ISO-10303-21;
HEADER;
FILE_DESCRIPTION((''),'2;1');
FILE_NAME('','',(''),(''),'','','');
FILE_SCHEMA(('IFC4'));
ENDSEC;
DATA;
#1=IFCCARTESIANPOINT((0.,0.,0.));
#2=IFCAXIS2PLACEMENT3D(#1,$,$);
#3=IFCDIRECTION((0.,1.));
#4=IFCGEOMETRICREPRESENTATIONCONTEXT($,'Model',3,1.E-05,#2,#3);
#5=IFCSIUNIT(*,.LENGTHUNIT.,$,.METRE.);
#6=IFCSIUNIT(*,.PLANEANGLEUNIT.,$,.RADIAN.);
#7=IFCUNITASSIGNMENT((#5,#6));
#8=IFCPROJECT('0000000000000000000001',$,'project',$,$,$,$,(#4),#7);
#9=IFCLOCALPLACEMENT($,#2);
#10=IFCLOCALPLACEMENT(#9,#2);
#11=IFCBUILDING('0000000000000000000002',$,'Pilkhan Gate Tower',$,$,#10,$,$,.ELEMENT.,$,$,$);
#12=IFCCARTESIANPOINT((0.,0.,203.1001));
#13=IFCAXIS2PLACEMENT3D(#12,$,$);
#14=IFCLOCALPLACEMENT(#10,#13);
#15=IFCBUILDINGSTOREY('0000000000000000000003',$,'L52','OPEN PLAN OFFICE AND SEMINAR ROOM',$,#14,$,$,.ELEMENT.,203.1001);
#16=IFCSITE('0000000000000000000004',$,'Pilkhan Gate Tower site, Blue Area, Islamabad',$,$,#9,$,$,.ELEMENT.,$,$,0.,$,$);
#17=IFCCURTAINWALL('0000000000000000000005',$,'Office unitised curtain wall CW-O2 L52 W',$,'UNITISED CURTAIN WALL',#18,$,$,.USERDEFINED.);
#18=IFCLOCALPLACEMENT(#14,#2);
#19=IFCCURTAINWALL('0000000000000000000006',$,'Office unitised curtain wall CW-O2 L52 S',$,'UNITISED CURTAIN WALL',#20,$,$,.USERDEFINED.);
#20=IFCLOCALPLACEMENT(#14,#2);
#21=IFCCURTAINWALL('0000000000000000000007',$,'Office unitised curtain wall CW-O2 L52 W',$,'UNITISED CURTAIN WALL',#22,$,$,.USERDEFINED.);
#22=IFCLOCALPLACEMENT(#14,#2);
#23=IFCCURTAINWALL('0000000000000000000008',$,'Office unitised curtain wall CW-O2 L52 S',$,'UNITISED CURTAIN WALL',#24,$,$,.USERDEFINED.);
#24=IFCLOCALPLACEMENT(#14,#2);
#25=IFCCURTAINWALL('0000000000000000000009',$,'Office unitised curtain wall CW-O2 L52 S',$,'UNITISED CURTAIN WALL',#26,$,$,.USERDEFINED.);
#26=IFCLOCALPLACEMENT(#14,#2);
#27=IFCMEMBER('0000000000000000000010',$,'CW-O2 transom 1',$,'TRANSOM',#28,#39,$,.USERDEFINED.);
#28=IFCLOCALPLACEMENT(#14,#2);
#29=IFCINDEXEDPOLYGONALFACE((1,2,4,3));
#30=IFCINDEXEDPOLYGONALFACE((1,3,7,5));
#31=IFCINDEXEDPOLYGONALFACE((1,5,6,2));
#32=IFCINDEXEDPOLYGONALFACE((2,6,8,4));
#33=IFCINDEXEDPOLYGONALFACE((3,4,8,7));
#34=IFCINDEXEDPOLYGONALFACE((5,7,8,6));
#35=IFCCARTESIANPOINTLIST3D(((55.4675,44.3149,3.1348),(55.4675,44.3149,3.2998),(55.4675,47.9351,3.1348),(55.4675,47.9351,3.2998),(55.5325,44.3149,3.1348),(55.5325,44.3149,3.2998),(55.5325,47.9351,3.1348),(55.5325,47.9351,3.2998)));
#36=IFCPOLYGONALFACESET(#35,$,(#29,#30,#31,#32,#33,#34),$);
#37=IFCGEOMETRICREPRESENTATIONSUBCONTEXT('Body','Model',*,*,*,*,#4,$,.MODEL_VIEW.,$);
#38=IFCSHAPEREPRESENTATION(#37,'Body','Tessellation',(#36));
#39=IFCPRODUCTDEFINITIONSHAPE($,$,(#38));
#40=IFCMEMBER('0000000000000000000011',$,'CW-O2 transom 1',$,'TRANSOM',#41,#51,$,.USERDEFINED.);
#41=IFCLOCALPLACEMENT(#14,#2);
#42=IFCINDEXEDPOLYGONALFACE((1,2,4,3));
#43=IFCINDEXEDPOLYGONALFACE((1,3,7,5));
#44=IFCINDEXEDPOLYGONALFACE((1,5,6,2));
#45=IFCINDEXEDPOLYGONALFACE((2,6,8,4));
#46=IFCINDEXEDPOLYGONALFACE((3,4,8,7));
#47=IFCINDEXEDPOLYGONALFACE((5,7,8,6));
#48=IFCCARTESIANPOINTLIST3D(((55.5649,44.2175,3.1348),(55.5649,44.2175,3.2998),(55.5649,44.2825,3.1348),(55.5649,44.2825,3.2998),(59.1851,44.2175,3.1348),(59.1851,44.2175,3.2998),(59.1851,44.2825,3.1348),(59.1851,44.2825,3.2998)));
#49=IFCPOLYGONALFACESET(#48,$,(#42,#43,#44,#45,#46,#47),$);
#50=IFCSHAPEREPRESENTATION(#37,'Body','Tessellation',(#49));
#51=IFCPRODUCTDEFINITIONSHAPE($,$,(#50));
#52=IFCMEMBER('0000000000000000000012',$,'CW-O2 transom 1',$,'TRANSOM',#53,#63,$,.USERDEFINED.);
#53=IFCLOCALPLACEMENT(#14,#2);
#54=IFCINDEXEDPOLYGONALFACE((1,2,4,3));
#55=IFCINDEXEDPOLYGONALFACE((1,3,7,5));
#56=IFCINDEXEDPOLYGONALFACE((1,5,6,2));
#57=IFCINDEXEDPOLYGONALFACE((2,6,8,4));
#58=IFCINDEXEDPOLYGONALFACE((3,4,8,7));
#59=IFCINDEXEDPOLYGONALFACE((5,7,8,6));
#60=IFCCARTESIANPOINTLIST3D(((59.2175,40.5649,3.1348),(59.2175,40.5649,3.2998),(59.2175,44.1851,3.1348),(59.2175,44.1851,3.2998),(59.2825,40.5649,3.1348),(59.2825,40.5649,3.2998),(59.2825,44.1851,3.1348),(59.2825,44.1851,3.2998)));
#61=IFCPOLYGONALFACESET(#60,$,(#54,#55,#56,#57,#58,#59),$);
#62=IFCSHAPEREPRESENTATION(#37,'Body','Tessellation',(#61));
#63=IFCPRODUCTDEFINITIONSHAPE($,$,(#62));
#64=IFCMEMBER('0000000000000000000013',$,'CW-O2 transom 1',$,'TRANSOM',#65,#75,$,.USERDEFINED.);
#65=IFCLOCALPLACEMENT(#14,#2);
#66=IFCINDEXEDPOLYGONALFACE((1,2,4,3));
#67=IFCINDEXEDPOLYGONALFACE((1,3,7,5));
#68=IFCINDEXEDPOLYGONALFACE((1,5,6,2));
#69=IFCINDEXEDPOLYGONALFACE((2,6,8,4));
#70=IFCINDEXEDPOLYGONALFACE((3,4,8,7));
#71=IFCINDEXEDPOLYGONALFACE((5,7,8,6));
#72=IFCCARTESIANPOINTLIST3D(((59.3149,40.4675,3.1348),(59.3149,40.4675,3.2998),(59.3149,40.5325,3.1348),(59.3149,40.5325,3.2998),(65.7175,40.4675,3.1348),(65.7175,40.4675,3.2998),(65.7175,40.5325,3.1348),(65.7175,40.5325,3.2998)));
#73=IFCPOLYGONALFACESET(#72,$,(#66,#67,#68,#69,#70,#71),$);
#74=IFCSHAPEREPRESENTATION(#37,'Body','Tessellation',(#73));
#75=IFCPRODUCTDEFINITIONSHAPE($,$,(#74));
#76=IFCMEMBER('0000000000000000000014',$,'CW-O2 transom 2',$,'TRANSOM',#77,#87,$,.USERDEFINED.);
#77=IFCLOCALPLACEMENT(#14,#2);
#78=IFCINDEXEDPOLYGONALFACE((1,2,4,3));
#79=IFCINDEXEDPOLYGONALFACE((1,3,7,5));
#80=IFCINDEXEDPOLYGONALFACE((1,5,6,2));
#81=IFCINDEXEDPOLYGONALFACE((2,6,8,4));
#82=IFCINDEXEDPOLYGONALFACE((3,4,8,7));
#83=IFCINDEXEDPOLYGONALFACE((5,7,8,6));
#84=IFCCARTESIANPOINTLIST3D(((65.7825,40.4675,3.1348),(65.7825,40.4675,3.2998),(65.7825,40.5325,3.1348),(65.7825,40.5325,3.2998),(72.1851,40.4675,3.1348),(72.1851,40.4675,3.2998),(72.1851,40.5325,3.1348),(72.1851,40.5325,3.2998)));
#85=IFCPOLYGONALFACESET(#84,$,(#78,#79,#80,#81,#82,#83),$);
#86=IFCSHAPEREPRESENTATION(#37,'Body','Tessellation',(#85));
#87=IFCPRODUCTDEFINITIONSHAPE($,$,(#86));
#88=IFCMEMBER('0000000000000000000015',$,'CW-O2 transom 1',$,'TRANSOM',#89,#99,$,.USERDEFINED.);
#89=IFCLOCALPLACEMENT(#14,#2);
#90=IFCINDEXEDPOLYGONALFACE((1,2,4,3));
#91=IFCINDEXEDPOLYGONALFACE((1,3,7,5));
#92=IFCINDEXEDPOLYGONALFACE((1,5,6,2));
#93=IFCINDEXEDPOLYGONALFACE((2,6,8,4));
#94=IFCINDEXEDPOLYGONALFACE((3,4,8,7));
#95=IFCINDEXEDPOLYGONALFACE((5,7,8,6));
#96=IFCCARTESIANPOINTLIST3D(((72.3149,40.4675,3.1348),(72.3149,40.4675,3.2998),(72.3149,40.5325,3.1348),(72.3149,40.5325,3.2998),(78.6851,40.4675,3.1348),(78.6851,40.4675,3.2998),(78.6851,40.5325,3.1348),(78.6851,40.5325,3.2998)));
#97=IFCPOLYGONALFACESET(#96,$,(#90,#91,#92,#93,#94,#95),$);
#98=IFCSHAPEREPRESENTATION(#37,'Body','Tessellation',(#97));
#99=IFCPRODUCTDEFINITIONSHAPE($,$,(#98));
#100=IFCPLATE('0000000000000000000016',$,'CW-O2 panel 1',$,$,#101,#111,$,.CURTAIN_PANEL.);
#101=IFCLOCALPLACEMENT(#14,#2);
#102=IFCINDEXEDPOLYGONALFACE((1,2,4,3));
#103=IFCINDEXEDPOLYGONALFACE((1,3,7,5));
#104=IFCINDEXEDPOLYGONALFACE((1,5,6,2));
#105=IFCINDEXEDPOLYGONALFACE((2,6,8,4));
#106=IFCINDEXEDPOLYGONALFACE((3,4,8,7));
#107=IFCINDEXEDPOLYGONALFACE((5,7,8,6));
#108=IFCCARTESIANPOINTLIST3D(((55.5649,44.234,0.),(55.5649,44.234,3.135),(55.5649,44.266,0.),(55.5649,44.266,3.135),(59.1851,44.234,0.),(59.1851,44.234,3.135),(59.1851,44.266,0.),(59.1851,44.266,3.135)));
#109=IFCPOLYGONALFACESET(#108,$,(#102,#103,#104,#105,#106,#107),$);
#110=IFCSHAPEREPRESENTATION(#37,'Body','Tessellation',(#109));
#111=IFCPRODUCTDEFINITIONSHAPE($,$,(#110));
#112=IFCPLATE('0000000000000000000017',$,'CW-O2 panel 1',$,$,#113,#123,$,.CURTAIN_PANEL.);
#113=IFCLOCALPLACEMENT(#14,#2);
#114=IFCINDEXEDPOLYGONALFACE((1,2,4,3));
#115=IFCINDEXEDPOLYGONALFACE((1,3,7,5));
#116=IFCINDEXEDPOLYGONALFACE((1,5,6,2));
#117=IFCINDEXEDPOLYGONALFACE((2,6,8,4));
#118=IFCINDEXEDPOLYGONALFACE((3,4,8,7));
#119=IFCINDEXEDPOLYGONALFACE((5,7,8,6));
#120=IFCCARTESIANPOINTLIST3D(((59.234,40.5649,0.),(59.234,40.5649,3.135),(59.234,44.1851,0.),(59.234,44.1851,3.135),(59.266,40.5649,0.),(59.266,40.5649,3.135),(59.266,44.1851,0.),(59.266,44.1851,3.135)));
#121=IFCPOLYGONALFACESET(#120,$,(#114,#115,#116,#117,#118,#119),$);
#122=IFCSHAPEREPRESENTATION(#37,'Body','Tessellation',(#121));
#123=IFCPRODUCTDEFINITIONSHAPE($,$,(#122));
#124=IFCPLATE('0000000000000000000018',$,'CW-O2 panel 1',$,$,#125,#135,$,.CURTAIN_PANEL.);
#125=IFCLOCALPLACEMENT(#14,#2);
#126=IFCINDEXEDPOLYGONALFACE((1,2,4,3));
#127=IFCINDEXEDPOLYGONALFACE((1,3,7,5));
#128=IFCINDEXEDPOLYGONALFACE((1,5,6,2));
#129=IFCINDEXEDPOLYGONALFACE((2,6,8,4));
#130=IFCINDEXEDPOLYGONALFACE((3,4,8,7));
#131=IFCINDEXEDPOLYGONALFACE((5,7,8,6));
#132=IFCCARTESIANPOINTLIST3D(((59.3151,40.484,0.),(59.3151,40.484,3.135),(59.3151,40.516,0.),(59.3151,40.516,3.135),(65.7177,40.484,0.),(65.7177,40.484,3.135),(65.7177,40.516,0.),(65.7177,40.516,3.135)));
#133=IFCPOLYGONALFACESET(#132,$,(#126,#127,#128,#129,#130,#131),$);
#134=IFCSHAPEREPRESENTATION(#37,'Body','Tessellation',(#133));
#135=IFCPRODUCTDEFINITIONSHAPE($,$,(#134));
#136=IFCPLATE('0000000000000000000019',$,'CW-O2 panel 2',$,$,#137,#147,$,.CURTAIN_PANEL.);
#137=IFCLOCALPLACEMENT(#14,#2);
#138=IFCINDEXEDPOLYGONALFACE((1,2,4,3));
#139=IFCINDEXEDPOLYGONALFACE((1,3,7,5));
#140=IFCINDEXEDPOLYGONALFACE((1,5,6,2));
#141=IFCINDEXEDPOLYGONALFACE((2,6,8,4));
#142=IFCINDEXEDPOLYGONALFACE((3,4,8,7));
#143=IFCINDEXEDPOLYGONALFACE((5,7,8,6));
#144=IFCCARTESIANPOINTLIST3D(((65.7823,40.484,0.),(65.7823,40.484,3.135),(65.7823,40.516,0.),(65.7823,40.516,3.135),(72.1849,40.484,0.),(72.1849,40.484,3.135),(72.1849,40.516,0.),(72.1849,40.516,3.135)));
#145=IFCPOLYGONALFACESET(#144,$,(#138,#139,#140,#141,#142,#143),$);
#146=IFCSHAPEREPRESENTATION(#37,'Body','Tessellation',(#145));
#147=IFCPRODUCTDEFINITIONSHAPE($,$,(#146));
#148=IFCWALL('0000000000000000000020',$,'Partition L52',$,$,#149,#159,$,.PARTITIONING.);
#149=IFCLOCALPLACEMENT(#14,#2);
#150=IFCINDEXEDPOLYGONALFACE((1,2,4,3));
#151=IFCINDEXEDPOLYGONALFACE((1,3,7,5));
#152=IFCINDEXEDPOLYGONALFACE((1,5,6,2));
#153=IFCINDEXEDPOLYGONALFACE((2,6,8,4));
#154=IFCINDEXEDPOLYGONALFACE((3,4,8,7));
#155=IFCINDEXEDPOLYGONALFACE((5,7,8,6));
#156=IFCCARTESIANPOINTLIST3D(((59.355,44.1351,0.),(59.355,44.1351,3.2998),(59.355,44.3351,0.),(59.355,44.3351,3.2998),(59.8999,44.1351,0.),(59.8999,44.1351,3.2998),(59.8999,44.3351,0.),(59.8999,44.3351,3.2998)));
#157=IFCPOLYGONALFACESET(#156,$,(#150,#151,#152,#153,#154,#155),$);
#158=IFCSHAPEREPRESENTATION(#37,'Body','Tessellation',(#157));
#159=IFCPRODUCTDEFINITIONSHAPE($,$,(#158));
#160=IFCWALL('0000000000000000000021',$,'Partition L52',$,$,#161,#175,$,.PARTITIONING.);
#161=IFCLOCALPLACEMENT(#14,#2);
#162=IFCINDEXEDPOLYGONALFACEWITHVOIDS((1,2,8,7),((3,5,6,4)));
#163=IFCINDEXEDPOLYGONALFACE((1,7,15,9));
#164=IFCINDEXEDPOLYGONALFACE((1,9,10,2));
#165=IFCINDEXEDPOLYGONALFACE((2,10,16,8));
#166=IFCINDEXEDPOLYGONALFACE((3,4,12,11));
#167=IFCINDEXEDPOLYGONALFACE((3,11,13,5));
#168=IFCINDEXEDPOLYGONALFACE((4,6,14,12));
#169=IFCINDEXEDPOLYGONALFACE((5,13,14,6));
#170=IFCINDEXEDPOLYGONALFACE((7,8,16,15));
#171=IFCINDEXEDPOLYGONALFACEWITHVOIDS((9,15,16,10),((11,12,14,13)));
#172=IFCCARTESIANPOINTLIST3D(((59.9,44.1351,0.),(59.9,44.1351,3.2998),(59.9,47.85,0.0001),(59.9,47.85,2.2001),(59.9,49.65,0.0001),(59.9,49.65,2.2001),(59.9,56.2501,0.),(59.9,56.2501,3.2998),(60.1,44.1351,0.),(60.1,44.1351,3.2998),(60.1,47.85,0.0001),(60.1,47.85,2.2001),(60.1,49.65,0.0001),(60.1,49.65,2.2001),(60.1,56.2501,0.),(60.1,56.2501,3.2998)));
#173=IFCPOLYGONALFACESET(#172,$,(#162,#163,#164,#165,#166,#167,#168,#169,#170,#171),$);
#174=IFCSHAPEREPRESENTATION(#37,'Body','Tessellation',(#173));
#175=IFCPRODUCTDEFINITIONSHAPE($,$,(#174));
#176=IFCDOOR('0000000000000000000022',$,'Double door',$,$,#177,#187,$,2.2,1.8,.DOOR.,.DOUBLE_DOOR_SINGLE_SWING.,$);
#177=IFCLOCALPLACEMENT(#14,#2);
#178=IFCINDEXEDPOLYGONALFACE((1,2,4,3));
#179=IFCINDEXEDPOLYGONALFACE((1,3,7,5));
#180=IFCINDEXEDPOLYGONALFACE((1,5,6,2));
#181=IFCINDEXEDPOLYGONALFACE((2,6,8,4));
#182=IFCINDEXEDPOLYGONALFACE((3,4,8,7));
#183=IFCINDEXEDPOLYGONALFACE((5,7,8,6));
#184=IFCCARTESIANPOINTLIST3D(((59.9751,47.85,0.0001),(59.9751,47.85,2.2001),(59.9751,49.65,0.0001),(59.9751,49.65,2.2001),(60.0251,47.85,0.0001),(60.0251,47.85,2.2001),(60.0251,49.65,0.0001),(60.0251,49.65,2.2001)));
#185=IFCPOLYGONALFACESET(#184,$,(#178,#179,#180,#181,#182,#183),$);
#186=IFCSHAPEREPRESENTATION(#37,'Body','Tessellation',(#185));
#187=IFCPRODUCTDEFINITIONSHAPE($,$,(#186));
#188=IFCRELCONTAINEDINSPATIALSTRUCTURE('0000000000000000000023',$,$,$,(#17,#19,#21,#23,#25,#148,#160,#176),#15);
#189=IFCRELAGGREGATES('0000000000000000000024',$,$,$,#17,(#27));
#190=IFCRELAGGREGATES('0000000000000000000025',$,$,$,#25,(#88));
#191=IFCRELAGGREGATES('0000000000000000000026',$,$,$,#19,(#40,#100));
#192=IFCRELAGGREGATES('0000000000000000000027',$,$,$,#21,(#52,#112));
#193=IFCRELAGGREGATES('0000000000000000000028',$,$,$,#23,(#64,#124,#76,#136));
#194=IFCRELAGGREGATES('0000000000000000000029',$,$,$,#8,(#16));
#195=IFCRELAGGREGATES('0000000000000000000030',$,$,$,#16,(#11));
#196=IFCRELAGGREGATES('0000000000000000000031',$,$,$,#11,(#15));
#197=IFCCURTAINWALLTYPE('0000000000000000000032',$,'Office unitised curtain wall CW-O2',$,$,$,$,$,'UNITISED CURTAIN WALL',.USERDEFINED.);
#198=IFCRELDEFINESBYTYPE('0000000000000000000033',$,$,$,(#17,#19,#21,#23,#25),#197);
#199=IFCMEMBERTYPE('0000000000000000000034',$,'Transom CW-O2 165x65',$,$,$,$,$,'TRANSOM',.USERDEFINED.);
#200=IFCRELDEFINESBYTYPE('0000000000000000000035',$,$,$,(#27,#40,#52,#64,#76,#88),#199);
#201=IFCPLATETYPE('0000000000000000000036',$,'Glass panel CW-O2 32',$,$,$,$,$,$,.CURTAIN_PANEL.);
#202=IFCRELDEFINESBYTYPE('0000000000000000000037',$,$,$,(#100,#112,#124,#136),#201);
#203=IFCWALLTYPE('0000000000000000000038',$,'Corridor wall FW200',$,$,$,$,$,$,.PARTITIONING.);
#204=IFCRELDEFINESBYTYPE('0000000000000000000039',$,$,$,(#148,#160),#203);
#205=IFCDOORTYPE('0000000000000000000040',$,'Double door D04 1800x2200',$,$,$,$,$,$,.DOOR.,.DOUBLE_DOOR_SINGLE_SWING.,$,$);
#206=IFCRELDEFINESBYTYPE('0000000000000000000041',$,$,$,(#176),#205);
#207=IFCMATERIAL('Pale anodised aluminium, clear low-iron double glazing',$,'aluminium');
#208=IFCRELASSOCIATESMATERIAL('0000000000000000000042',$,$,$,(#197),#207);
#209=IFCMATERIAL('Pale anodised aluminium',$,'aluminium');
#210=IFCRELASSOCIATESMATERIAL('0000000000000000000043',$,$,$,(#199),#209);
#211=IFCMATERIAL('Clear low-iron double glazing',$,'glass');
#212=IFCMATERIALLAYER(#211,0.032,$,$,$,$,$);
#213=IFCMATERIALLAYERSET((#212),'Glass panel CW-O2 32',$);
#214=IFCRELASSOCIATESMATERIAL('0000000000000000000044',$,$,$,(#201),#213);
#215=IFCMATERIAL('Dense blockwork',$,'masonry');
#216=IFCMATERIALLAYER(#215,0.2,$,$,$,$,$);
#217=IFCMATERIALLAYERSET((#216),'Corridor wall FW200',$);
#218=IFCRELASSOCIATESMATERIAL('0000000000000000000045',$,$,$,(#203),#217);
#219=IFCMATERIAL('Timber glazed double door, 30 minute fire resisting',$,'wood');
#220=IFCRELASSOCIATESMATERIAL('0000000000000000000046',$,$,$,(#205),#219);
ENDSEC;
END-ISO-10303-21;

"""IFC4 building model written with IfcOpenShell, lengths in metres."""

from ifc_helpers import new_model, si_unit, direction, frame, frame_2d, origin, origin_2d, place, context, subcontext, project, spatial, rectangle, extrude, material, layer, layer_set, material_profile, profile_set, type_object, element, fill, aggregate, save


model = new_model("IFC4")

# Units and contexts
model_context = context("Model", 3, precision=1e-05, world=origin(), true_north=direction((0.0, 1.0)))
body_context = subcontext(model_context, "Body", "Model", "MODEL_VIEW")
ifc_project = project(units=[si_unit("LENGTHUNIT", "METRE"), si_unit("PLANEANGLEUNIT", "RADIAN")], contexts=[model_context])

# Site, building, storey
site_placement = place(None, origin())
site = spatial("IfcSite", under=ifc_project, at=site_placement, Name="Pilkhan Gate Tower site, Blue Area, Islamabad", CompositionType="ELEMENT", RefElevation=0.0)
building_placement = place(site_placement, origin())
building = spatial("IfcBuilding", under=site, at=building_placement, Name="Pilkhan Gate Tower", CompositionType="ELEMENT")
storey_placement = place(building_placement, frame((0.0, 0.0, 203.1001)))
storey = spatial("IfcBuildingStorey", under=building, at=storey_placement, Name="L52", Description="OPEN PLAN OFFICE AND SEMINAR ROOM", CompositionType="ELEMENT", Elevation=203.1001)

# Curtain wall
ifc_material_1 = material(Name="Pale anodised aluminium, clear low-iron double glazing", Category="aluminium")
curtain_wall_type = type_object("IfcCurtainWallType", Name="Office unitised curtain wall CW-O2", ElementType="UNITISED CURTAIN WALL", PredefinedType="USERDEFINED", material=ifc_material_1)
curtain_wall_1_placement = place(storey_placement, origin())
curtain_wall_1 = element("IfcCurtainWall", 1, at=curtain_wall_1_placement, inside=storey, type_object=curtain_wall_type, Name="Office unitised curtain wall CW-O2 L52 W", ObjectType="UNITISED CURTAIN WALL", PredefinedType="USERDEFINED")
ifc_material_2 = material(Name="Pale anodised aluminium", Category="aluminium")

# Curtain walls
curtain_wall_2_placement = place(storey_placement, origin())
curtain_wall_2 = element("IfcCurtainWall", 2, at=curtain_wall_2_placement, inside=storey, type_object=curtain_wall_type, Name="Office unitised curtain wall CW-O2 L52 S", ObjectType="UNITISED CURTAIN WALL", PredefinedType="USERDEFINED")
curtain_wall_3_placement = place(storey_placement, origin())
curtain_wall_3 = element("IfcCurtainWall", 3, at=curtain_wall_3_placement, inside=storey, type_object=curtain_wall_type, Name="Office unitised curtain wall CW-O2 L52 W", ObjectType="UNITISED CURTAIN WALL", PredefinedType="USERDEFINED")
curtain_wall_4_placement = place(storey_placement, origin())
curtain_wall_4 = element("IfcCurtainWall", 4, at=curtain_wall_4_placement, inside=storey, type_object=curtain_wall_type, Name="Office unitised curtain wall CW-O2 L52 S", ObjectType="UNITISED CURTAIN WALL", PredefinedType="USERDEFINED")

# Curtain wall
curtain_wall_5_placement = place(storey_placement, origin())
curtain_wall_5 = element("IfcCurtainWall", 5, at=curtain_wall_5_placement, inside=storey, type_object=curtain_wall_type, Name="Office unitised curtain wall CW-O2 L52 S", ObjectType="UNITISED CURTAIN WALL", PredefinedType="USERDEFINED")

# Members
ifc_material_profile_1 = material_profile(ifc_material_2, rectangle(XDim=0.0649, YDim=0.165, at=origin_2d()), Name="Transom 165x65")
ifc_profile_set_1 = profile_set([ifc_material_profile_1], Name="Pale anodised aluminium")
member_type_1 = type_object("IfcMemberType", Name="Transom CW-O2 165x65", ElementType="TRANSOM", PredefinedType="USERDEFINED", material=ifc_profile_set_1)
member_1_placement = place(storey_placement, frame((55.5, 44.3149, 3.2173), z_axis=(0.0, 1.0, 0.0), x_axis=(-1.0, 0.0, 0.0)))
member_1 = element("IfcMember", 6, at=member_1_placement, type_object=member_type_1, Name="CW-O2 transom 1", ObjectType="TRANSOM", PredefinedType="USERDEFINED", context=body_context, shape_type="SweptSolid", body=[
    extrude(rectangle(XDim=0.0649, YDim=0.165, at=origin_2d()), origin(), (0.0, 0.0, 1.0), 3.6201),
])
aggregate(curtain_wall_1, [member_1])
member_2_placement = place(storey_placement, frame((55.5649, 44.25, 3.2173), z_axis=(1.0, 0.0, 0.0), x_axis=(0.0, 1.0, 0.0)))
member_2 = element("IfcMember", 7, at=member_2_placement, type_object=member_type_1, Name="CW-O2 transom 1", ObjectType="TRANSOM", PredefinedType="USERDEFINED", context=body_context, shape_type="SweptSolid", body=[
    extrude(rectangle(XDim=0.0649, YDim=0.165, at=origin_2d()), origin(), (0.0, 0.0, 1.0), 3.6201),
])
member_3_placement = place(storey_placement, frame((59.25, 40.5649, 3.2173), z_axis=(0.0, 1.0, 0.0), x_axis=(-1.0, 0.0, 0.0)))
member_3 = element("IfcMember", 8, at=member_3_placement, type_object=member_type_1, Name="CW-O2 transom 1", ObjectType="TRANSOM", PredefinedType="USERDEFINED", context=body_context, shape_type="SweptSolid", body=[
    extrude(rectangle(XDim=0.0649, YDim=0.165, at=origin_2d()), origin(), (0.0, 0.0, 1.0), 3.6201),
])
member_4_placement = place(storey_placement, frame((59.3149, 40.5, 3.2173), z_axis=(1.0, 0.0, 0.0), x_axis=(0.0, 1.0, 0.0)))
member_4 = element("IfcMember", 9, at=member_4_placement, type_object=member_type_1, Name="CW-O2 transom 1", ObjectType="TRANSOM", PredefinedType="USERDEFINED", context=body_context, shape_type="SweptSolid", body=[
    extrude(rectangle(XDim=0.0649, YDim=0.165, at=origin_2d()), origin(), (0.0, 0.0, 1.0), 6.4026),
])
member_5_placement = place(storey_placement, frame((65.7825, 40.5, 3.2173), z_axis=(1.0, 0.0, 0.0), x_axis=(0.0, 1.0, 0.0)))
member_5 = element("IfcMember", 10, at=member_5_placement, type_object=member_type_1, Name="CW-O2 transom 2", ObjectType="TRANSOM", PredefinedType="USERDEFINED", context=body_context, shape_type="SweptSolid", body=[
    extrude(rectangle(XDim=0.0649, YDim=0.165, at=origin_2d()), origin(), (0.0, 0.0, 1.0), 6.4026),
])
member_6_placement = place(storey_placement, frame((72.3149, 40.5, 3.2173), z_axis=(1.0, 0.0, 0.0), x_axis=(0.0, 1.0, 0.0)))
member_6 = element("IfcMember", 11, at=member_6_placement, type_object=member_type_1, Name="CW-O2 transom 1", ObjectType="TRANSOM", PredefinedType="USERDEFINED", context=body_context, shape_type="SweptSolid", body=[
    extrude(rectangle(XDim=0.0649, YDim=0.165, at=origin_2d()), origin(), (0.0, 0.0, 1.0), 6.3701),
])
aggregate(curtain_wall_5, [member_6])

# Plates
ifc_material_3 = material(Name="Clear low-iron double glazing", Category="glass")
ifc_layer_1 = layer(ifc_material_3, 0.032)
ifc_layer_set_1 = layer_set([ifc_layer_1], Name="Glass panel CW-O2 32")
plate_type = type_object("IfcPlateType", Name="Glass panel CW-O2 32", PredefinedType="CURTAIN_PANEL", material=ifc_layer_set_1)
plate_1_placement = place(storey_placement, frame((57.375, 44.25, 0.0), z_axis=(0.0, 0.0, 1.0), x_axis=(1.0, 0.0, 0.0)))
plate_1 = element("IfcPlate", 12, at=plate_1_placement, type_object=plate_type, Name="CW-O2 panel 1", PredefinedType="CURTAIN_PANEL", context=body_context, shape_type="SweptSolid", body=[
    extrude(rectangle(XDim=3.6201, YDim=0.032, at=origin_2d()), origin(), (0.0, 0.0, 1.0), 3.135),
])
aggregate(curtain_wall_2, [member_2, plate_1])
plate_2_placement = place(storey_placement, frame((59.25, 42.375, 0.0), z_axis=(0.0, 0.0, 1.0), x_axis=(0.0, 1.0, 0.0)))
plate_2 = element("IfcPlate", 13, at=plate_2_placement, type_object=plate_type, Name="CW-O2 panel 1", PredefinedType="CURTAIN_PANEL", context=body_context, shape_type="SweptSolid", body=[
    extrude(rectangle(XDim=3.6201, YDim=0.032, at=origin_2d()), origin(), (0.0, 0.0, 1.0), 3.135),
])
aggregate(curtain_wall_3, [member_3, plate_2])
plate_3_placement = place(storey_placement, frame((62.5164, 40.5, 0.0), z_axis=(0.0, 0.0, 1.0), x_axis=(1.0, 0.0, 0.0)))
plate_3 = element("IfcPlate", 14, at=plate_3_placement, type_object=plate_type, Name="CW-O2 panel 1", PredefinedType="CURTAIN_PANEL", context=body_context, shape_type="SweptSolid", body=[
    extrude(rectangle(XDim=6.4026, YDim=0.032, at=origin_2d()), origin(), (0.0, 0.0, 1.0), 3.135),
])
plate_4_placement = place(storey_placement, frame((68.9836, 40.5, 0.0), z_axis=(0.0, 0.0, 1.0), x_axis=(1.0, 0.0, 0.0)))
plate_4 = element("IfcPlate", 15, at=plate_4_placement, type_object=plate_type, Name="CW-O2 panel 2", PredefinedType="CURTAIN_PANEL", context=body_context, shape_type="SweptSolid", body=[
    extrude(rectangle(XDim=6.4026, YDim=0.032, at=origin_2d()), origin(), (0.0, 0.0, 1.0), 3.135),
])
aggregate(curtain_wall_4, [member_4, plate_3, member_5, plate_4])

# Wall
ifc_material_4 = material(Name="Dense blockwork", Category="masonry")
ifc_layer_2 = layer(ifc_material_4, 0.2)
ifc_layer_set_2 = layer_set([ifc_layer_2], Name="Corridor wall FW200")
wall_type_1 = type_object("IfcWallType", Name="Corridor wall FW200", PredefinedType="PARTITIONING", material=ifc_layer_set_2)
wall_1_placement = place(storey_placement, frame((59.355, 44.2351, 0.0), z_axis=(0.0, 0.0, 1.0), x_axis=(1.0, 0.0, 0.0)))
element("IfcWall", 16, at=wall_1_placement, inside=storey, type_object=wall_type_1, Name="Partition L52", PredefinedType="PARTITIONING", context=body_context, shape_type="SweptSolid", body=[
    extrude(rectangle(XDim=0.5449, YDim=0.2, at=frame_2d((0.2725, 0.0))), origin(), (0.0, 0.0, 1.0), 3.2998),
])

# Wall, opening, door
wall_2_placement = place(storey_placement, frame((60.0, 44.135, 0.0), z_axis=(0.0, 0.0, 1.0), x_axis=(0.0, 1.0, 0.0)))
wall_2 = element("IfcWall", 17, at=wall_2_placement, inside=storey, type_object=wall_type_1, Name="Partition L52", PredefinedType="PARTITIONING", context=body_context, shape_type="SweptSolid", body=[
    extrude(rectangle(XDim=12.115, YDim=0.2, at=frame_2d((6.0576, 0.0))), origin(), (0.0, 0.0, 1.0), 3.2998),
])
opening_placement = place(wall_2_placement, frame((3.7151, 0.0, 0.0)))
opening = element("IfcOpeningElement", 18, at=opening_placement, cuts=wall_2, PredefinedType="OPENING", context=body_context, shape_type="SweptSolid", body=[
    extrude(rectangle(XDim=1.8, YDim=2.2, at=frame_2d((0.8999, 1.1001))), frame((0.0, 0.1099, 0.0), z_axis=(0.0, -1.0, 0.0), x_axis=(1.0, 0.0, 0.0)), (0.0, 0.0, 1.0), 0.22),
])
ifc_material_5 = material(Name="Timber glazed double door, 30 minute fire resisting", Category="wood")
door_type = type_object("IfcDoorType", Name="Double door D04 1800x2200", OperationType="DOUBLE_DOOR_SINGLE_SWING", PredefinedType="DOOR", material=ifc_material_5)
door_placement = place(opening_placement, origin())
door = element("IfcDoor", 19, at=door_placement, inside=storey, type_object=door_type, Name="Double door", OperationType="DOUBLE_DOOR_SINGLE_SWING", OverallHeight=2.2, OverallWidth=1.8, PredefinedType="DOOR", context=body_context, shape_type="SweptSolid", body=[
    extrude(rectangle(XDim=1.8, YDim=2.2, at=frame_2d((0.8999, 1.1001))), frame((0.0, 0.0249, 0.0), z_axis=(0.0, -1.0, 0.0), x_axis=(1.0, 0.0, 0.0)), (0.0, 0.0, 1.0), 0.05),
])
fill(opening, door)

save(model, "model.ifc")
